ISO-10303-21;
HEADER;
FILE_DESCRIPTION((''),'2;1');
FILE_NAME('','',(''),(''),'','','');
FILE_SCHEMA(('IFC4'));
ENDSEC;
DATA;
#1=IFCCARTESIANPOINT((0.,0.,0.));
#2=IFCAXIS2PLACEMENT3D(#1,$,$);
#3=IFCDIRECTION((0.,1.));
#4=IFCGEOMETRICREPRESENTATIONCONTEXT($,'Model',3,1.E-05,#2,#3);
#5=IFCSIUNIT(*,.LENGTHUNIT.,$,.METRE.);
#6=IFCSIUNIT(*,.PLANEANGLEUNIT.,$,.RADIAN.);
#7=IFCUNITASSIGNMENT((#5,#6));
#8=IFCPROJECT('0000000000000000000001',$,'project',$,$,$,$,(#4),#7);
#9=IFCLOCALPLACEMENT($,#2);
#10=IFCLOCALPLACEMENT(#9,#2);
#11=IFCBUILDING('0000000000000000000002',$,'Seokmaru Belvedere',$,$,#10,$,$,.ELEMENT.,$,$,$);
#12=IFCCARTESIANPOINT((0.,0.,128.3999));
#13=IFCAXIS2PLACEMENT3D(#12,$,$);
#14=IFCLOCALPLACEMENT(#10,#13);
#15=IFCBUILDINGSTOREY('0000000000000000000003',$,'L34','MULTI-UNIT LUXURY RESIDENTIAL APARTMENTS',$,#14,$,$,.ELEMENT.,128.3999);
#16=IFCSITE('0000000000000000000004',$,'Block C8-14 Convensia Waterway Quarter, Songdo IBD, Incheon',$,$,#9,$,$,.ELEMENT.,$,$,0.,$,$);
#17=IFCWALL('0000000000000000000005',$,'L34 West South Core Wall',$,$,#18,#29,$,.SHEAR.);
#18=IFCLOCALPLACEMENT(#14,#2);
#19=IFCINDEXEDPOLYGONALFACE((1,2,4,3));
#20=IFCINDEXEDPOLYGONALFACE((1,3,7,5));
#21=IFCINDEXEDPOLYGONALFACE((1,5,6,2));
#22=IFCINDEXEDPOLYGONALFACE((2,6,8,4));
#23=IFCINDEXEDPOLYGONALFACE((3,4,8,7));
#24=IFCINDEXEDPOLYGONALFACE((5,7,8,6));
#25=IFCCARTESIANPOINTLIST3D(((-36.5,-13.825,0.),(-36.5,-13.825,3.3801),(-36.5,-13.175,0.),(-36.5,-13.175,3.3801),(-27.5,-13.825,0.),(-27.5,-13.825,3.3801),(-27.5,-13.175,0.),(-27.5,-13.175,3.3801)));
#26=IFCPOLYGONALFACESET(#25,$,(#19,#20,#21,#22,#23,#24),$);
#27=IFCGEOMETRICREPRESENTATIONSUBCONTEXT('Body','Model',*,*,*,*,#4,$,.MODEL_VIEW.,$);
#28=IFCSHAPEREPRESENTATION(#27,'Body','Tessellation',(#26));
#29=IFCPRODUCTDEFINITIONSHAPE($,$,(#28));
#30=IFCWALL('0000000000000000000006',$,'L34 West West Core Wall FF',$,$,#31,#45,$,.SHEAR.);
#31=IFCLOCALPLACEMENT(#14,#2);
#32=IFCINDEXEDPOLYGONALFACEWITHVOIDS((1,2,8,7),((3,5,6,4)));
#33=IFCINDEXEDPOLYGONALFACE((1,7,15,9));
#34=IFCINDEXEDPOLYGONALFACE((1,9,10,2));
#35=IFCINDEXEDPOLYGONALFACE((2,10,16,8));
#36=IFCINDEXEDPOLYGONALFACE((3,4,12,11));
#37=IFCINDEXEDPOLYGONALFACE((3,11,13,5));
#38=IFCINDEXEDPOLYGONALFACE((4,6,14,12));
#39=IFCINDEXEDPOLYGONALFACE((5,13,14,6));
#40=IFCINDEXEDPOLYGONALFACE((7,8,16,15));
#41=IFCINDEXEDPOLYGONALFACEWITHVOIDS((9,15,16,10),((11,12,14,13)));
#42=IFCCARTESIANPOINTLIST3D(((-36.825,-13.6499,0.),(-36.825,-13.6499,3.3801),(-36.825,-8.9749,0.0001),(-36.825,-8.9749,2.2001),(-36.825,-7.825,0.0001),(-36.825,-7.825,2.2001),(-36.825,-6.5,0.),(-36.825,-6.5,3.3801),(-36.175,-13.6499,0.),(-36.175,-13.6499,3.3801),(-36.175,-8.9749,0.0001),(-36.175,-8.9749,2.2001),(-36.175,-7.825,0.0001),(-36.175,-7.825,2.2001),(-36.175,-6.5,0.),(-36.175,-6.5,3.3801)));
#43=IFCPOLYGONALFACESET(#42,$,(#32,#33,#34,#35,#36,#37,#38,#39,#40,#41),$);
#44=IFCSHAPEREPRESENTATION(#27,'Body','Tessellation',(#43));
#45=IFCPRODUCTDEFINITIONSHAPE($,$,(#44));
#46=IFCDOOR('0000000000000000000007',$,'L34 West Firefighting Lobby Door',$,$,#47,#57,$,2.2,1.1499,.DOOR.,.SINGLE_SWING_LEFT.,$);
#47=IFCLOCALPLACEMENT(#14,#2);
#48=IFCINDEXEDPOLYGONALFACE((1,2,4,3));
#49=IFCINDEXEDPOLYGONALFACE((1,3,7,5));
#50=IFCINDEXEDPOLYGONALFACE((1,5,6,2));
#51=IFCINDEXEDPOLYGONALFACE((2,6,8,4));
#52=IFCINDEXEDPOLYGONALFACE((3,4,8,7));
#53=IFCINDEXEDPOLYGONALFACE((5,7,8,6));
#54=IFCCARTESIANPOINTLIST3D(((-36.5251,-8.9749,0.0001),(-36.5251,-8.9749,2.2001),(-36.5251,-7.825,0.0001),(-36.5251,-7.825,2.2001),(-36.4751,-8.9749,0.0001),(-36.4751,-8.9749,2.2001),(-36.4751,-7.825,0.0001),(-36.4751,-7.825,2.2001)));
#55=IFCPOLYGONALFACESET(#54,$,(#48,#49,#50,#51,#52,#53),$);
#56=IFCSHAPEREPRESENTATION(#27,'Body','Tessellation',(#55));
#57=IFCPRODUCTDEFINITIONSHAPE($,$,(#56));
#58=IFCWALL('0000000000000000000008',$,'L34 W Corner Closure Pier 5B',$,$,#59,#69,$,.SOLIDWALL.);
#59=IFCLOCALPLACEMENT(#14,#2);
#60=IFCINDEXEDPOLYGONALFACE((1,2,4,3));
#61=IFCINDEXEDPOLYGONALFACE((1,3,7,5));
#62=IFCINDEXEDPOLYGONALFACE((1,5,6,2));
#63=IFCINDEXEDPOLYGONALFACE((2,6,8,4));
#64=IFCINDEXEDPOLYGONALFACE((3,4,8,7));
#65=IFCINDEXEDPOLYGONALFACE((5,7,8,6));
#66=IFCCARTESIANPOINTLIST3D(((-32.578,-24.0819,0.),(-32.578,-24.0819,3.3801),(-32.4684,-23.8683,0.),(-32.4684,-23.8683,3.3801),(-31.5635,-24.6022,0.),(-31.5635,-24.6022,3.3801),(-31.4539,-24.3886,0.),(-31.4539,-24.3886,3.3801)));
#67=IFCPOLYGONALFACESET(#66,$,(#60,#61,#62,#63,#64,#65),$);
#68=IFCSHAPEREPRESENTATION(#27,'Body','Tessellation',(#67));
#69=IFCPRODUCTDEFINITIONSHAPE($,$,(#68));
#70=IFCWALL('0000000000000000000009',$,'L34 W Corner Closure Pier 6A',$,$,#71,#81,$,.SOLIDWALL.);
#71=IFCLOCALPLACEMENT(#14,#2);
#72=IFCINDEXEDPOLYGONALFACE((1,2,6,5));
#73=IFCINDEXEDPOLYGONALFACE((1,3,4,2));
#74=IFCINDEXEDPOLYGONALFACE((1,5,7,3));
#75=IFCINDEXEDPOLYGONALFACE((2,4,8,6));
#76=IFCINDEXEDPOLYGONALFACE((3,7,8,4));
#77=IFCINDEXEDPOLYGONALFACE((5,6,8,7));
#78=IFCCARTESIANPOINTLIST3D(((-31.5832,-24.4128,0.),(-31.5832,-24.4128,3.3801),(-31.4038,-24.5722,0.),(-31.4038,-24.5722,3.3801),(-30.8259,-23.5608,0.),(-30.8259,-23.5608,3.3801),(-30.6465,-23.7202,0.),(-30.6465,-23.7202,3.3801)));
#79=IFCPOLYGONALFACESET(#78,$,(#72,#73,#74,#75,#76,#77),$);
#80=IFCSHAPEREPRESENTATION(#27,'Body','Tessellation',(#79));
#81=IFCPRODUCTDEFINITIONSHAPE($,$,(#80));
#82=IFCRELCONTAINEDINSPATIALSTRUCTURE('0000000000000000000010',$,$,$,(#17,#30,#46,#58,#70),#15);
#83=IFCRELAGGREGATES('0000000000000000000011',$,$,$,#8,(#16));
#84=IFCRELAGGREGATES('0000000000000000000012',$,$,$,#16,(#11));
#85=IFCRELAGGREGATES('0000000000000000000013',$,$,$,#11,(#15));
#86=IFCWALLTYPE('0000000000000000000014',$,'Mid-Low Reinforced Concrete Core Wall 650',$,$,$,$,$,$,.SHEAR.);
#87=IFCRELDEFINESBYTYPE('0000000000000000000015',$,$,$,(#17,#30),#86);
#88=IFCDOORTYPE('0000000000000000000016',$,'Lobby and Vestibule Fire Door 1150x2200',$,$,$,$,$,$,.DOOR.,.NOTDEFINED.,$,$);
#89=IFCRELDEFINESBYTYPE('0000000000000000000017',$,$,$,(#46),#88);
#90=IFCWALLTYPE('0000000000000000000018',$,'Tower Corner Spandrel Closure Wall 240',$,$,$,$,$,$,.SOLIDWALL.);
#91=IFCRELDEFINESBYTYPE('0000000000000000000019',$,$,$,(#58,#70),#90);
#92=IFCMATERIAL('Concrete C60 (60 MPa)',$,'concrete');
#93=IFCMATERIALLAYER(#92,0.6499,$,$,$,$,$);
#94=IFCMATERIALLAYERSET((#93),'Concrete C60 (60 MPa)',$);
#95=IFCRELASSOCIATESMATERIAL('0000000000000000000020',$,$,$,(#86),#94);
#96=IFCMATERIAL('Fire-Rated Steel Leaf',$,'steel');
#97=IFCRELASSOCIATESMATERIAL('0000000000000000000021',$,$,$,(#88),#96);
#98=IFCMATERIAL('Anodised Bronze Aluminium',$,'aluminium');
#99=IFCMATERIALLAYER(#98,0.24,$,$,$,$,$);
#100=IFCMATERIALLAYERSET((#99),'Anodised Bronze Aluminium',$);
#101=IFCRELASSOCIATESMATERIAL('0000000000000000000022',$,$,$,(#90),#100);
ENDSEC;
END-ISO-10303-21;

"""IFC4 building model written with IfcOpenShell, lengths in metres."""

from ifc_helpers import new_model, si_unit, direction, frame, frame_2d, origin, place, context, subcontext, project, spatial, rectangle, extrude, source, transform, mapped, material, layer, layer_set, type_object, type_shapes, element, fill, save


model = new_model("IFC4")

# Units and contexts
model_context = context("Model", 3, precision=1e-05, world=origin(), true_north=direction((0.0, 1.0)))
body_context = subcontext(model_context, "Body", "Model", "MODEL_VIEW")
ifc_project = project(units=[si_unit("LENGTHUNIT", "METRE"), si_unit("PLANEANGLEUNIT", "RADIAN")], contexts=[model_context])

# Site, building, storey
site_placement = place(None, origin())
site = spatial("IfcSite", under=ifc_project, at=site_placement, Name="Block C8-14 Convensia Waterway Quarter, Songdo IBD, Incheon", CompositionType="ELEMENT", RefElevation=0.0)
building_placement = place(site_placement, origin())
building = spatial("IfcBuilding", under=site, at=building_placement, Name="Seokmaru Belvedere", CompositionType="ELEMENT")
storey_placement = place(building_placement, frame((0.0, 0.0, 128.3999)))
storey = spatial("IfcBuildingStorey", under=building, at=storey_placement, Name="L34", Description="MULTI-UNIT LUXURY RESIDENTIAL APARTMENTS", CompositionType="ELEMENT", Elevation=128.3999)

# Shared definitions
ifc_material_1 = material(Name="Anodised Bronze Aluminium", Category="aluminium")

# Wall
ifc_material_2 = material(Name="Concrete C60 (60 MPa)", Category="concrete")
ifc_layer_1 = layer(ifc_material_2, 0.6499)
ifc_layer_set_1 = layer_set([ifc_layer_1], Name="Concrete C60 (60 MPa)")
wall_type_1 = type_object("IfcWallType", Name="Mid-Low Reinforced Concrete Core Wall 650", PredefinedType="SHEAR", material=ifc_layer_set_1)
wall_1_placement = place(storey_placement, frame((-36.5, -13.5, 0.0), z_axis=(0.0, 0.0, 1.0), x_axis=(1.0, 0.0, 0.0)))
element("IfcWall", 1, at=wall_1_placement, inside=storey, type_object=wall_type_1, Name="L34 West South Core Wall", PredefinedType="SHEAR", context=body_context, shape_type="SweptSolid", body=[
    extrude(rectangle(XDim=9.0, YDim=0.6499, at=frame_2d((4.5, 0.0))), origin(), (0.0, 0.0, 1.0), 3.3801),
])

# Wall, opening, door
wall_2_placement = place(storey_placement, frame((-36.5, -13.6499, 0.0), z_axis=(0.0, 0.0, 1.0), x_axis=(0.0, 1.0, 0.0)))
wall_2 = element("IfcWall", 2, at=wall_2_placement, inside=storey, type_object=wall_type_1, Name="L34 West West Core Wall FF", PredefinedType="SHEAR", context=body_context, shape_type="SweptSolid", body=[
    extrude(rectangle(XDim=7.1499, YDim=0.6499, at=frame_2d((3.575, 0.0))), origin(), (0.0, 0.0, 1.0), 3.3801),
])
opening_placement = place(wall_2_placement, frame((4.675, 0.0, 0.0)))
opening = element("IfcOpeningElement", 3, at=opening_placement, cuts=wall_2, PredefinedType="OPENING", context=body_context, shape_type="SweptSolid", body=[
    extrude(rectangle(XDim=1.1499, YDim=2.2, at=frame_2d((0.575, 1.1001))), frame((0.0, 0.335, 0.0), z_axis=(0.0, -1.0, 0.0), x_axis=(1.0, 0.0, 0.0)), (0.0, 0.0, 1.0), 0.6699),
])
ifc_material_3 = material(Name="Fire-Rated Steel Leaf", Category="steel")
door_type = type_object("IfcDoorType", Name="Lobby and Vestibule Fire Door 1150x2200", OperationType="NOTDEFINED", PredefinedType="DOOR", material=ifc_material_3)
shared_shape_1 = source(origin(), body_context, "Body", "SweptSolid", [
    extrude(rectangle(XDim=1.1499, YDim=2.2, at=frame_2d((0.575, 1.1001))), frame((0.0, 0.0249, 0.0), z_axis=(0.0, -1.0, 0.0), x_axis=(1.0, 0.0, 0.0)), (0.0, 0.0, 1.0), 0.05),
])
type_shapes(door_type, [shared_shape_1])
door_placement = place(opening_placement, frame((1.1499, 0.0, 0.0), z_axis=(0.0, 0.0, 1.0), x_axis=(-1.0, 0.0, 0.0)))
door = element("IfcDoor", 4, at=door_placement, inside=storey, type_object=door_type, Name="L34 West Firefighting Lobby Door", OperationType="SINGLE_SWING_LEFT", OverallHeight=2.2, OverallWidth=1.1499, PredefinedType="DOOR", context=body_context, shape_type="MappedRepresentation", body=[
    mapped(shared_shape_1, transform((0.0, 0.0, 0.0), scale=1.0)),
])
fill(opening, door)

# Walls
ifc_layer_2 = layer(ifc_material_1, 0.24)
ifc_layer_set_2 = layer_set([ifc_layer_2], Name="Anodised Bronze Aluminium")
wall_type_2 = type_object("IfcWallType", Name="Tower Corner Spandrel Closure Wall 240", PredefinedType="SOLIDWALL", material=ifc_layer_set_2)
wall_3_placement = place(storey_placement, frame((-32.5232, -23.9751, 0.0), z_axis=(0.0, 0.0, 1.0), x_axis=(0.889797, -0.456356, 0.0)))
element("IfcWall", 5, at=wall_3_placement, inside=storey, type_object=wall_type_2, Name="L34 W Corner Closure Pier 5B", PredefinedType="SOLIDWALL", context=body_context, shape_type="SweptSolid", body=[
    extrude(rectangle(XDim=1.1401, YDim=0.24, at=frame_2d((0.5701, 0.0))), origin(), (0.0, 0.0, 1.0), 3.3801),
])
wall_4_placement = place(storey_placement, frame((-31.4934, -24.4924, 0.0), z_axis=(0.0, 0.0, 1.0), x_axis=(0.664337, 0.747433, 0.0)))
element("IfcWall", 6, at=wall_4_placement, inside=storey, type_object=wall_type_2, Name="L34 W Corner Closure Pier 6A", PredefinedType="SOLIDWALL", context=body_context, shape_type="SweptSolid", body=[
    extrude(rectangle(XDim=1.1399, YDim=0.24, at=frame_2d((0.5698, 0.0))), origin(), (0.0, 0.0, 1.0), 3.3801),
])

save(model, "model.ifc")
